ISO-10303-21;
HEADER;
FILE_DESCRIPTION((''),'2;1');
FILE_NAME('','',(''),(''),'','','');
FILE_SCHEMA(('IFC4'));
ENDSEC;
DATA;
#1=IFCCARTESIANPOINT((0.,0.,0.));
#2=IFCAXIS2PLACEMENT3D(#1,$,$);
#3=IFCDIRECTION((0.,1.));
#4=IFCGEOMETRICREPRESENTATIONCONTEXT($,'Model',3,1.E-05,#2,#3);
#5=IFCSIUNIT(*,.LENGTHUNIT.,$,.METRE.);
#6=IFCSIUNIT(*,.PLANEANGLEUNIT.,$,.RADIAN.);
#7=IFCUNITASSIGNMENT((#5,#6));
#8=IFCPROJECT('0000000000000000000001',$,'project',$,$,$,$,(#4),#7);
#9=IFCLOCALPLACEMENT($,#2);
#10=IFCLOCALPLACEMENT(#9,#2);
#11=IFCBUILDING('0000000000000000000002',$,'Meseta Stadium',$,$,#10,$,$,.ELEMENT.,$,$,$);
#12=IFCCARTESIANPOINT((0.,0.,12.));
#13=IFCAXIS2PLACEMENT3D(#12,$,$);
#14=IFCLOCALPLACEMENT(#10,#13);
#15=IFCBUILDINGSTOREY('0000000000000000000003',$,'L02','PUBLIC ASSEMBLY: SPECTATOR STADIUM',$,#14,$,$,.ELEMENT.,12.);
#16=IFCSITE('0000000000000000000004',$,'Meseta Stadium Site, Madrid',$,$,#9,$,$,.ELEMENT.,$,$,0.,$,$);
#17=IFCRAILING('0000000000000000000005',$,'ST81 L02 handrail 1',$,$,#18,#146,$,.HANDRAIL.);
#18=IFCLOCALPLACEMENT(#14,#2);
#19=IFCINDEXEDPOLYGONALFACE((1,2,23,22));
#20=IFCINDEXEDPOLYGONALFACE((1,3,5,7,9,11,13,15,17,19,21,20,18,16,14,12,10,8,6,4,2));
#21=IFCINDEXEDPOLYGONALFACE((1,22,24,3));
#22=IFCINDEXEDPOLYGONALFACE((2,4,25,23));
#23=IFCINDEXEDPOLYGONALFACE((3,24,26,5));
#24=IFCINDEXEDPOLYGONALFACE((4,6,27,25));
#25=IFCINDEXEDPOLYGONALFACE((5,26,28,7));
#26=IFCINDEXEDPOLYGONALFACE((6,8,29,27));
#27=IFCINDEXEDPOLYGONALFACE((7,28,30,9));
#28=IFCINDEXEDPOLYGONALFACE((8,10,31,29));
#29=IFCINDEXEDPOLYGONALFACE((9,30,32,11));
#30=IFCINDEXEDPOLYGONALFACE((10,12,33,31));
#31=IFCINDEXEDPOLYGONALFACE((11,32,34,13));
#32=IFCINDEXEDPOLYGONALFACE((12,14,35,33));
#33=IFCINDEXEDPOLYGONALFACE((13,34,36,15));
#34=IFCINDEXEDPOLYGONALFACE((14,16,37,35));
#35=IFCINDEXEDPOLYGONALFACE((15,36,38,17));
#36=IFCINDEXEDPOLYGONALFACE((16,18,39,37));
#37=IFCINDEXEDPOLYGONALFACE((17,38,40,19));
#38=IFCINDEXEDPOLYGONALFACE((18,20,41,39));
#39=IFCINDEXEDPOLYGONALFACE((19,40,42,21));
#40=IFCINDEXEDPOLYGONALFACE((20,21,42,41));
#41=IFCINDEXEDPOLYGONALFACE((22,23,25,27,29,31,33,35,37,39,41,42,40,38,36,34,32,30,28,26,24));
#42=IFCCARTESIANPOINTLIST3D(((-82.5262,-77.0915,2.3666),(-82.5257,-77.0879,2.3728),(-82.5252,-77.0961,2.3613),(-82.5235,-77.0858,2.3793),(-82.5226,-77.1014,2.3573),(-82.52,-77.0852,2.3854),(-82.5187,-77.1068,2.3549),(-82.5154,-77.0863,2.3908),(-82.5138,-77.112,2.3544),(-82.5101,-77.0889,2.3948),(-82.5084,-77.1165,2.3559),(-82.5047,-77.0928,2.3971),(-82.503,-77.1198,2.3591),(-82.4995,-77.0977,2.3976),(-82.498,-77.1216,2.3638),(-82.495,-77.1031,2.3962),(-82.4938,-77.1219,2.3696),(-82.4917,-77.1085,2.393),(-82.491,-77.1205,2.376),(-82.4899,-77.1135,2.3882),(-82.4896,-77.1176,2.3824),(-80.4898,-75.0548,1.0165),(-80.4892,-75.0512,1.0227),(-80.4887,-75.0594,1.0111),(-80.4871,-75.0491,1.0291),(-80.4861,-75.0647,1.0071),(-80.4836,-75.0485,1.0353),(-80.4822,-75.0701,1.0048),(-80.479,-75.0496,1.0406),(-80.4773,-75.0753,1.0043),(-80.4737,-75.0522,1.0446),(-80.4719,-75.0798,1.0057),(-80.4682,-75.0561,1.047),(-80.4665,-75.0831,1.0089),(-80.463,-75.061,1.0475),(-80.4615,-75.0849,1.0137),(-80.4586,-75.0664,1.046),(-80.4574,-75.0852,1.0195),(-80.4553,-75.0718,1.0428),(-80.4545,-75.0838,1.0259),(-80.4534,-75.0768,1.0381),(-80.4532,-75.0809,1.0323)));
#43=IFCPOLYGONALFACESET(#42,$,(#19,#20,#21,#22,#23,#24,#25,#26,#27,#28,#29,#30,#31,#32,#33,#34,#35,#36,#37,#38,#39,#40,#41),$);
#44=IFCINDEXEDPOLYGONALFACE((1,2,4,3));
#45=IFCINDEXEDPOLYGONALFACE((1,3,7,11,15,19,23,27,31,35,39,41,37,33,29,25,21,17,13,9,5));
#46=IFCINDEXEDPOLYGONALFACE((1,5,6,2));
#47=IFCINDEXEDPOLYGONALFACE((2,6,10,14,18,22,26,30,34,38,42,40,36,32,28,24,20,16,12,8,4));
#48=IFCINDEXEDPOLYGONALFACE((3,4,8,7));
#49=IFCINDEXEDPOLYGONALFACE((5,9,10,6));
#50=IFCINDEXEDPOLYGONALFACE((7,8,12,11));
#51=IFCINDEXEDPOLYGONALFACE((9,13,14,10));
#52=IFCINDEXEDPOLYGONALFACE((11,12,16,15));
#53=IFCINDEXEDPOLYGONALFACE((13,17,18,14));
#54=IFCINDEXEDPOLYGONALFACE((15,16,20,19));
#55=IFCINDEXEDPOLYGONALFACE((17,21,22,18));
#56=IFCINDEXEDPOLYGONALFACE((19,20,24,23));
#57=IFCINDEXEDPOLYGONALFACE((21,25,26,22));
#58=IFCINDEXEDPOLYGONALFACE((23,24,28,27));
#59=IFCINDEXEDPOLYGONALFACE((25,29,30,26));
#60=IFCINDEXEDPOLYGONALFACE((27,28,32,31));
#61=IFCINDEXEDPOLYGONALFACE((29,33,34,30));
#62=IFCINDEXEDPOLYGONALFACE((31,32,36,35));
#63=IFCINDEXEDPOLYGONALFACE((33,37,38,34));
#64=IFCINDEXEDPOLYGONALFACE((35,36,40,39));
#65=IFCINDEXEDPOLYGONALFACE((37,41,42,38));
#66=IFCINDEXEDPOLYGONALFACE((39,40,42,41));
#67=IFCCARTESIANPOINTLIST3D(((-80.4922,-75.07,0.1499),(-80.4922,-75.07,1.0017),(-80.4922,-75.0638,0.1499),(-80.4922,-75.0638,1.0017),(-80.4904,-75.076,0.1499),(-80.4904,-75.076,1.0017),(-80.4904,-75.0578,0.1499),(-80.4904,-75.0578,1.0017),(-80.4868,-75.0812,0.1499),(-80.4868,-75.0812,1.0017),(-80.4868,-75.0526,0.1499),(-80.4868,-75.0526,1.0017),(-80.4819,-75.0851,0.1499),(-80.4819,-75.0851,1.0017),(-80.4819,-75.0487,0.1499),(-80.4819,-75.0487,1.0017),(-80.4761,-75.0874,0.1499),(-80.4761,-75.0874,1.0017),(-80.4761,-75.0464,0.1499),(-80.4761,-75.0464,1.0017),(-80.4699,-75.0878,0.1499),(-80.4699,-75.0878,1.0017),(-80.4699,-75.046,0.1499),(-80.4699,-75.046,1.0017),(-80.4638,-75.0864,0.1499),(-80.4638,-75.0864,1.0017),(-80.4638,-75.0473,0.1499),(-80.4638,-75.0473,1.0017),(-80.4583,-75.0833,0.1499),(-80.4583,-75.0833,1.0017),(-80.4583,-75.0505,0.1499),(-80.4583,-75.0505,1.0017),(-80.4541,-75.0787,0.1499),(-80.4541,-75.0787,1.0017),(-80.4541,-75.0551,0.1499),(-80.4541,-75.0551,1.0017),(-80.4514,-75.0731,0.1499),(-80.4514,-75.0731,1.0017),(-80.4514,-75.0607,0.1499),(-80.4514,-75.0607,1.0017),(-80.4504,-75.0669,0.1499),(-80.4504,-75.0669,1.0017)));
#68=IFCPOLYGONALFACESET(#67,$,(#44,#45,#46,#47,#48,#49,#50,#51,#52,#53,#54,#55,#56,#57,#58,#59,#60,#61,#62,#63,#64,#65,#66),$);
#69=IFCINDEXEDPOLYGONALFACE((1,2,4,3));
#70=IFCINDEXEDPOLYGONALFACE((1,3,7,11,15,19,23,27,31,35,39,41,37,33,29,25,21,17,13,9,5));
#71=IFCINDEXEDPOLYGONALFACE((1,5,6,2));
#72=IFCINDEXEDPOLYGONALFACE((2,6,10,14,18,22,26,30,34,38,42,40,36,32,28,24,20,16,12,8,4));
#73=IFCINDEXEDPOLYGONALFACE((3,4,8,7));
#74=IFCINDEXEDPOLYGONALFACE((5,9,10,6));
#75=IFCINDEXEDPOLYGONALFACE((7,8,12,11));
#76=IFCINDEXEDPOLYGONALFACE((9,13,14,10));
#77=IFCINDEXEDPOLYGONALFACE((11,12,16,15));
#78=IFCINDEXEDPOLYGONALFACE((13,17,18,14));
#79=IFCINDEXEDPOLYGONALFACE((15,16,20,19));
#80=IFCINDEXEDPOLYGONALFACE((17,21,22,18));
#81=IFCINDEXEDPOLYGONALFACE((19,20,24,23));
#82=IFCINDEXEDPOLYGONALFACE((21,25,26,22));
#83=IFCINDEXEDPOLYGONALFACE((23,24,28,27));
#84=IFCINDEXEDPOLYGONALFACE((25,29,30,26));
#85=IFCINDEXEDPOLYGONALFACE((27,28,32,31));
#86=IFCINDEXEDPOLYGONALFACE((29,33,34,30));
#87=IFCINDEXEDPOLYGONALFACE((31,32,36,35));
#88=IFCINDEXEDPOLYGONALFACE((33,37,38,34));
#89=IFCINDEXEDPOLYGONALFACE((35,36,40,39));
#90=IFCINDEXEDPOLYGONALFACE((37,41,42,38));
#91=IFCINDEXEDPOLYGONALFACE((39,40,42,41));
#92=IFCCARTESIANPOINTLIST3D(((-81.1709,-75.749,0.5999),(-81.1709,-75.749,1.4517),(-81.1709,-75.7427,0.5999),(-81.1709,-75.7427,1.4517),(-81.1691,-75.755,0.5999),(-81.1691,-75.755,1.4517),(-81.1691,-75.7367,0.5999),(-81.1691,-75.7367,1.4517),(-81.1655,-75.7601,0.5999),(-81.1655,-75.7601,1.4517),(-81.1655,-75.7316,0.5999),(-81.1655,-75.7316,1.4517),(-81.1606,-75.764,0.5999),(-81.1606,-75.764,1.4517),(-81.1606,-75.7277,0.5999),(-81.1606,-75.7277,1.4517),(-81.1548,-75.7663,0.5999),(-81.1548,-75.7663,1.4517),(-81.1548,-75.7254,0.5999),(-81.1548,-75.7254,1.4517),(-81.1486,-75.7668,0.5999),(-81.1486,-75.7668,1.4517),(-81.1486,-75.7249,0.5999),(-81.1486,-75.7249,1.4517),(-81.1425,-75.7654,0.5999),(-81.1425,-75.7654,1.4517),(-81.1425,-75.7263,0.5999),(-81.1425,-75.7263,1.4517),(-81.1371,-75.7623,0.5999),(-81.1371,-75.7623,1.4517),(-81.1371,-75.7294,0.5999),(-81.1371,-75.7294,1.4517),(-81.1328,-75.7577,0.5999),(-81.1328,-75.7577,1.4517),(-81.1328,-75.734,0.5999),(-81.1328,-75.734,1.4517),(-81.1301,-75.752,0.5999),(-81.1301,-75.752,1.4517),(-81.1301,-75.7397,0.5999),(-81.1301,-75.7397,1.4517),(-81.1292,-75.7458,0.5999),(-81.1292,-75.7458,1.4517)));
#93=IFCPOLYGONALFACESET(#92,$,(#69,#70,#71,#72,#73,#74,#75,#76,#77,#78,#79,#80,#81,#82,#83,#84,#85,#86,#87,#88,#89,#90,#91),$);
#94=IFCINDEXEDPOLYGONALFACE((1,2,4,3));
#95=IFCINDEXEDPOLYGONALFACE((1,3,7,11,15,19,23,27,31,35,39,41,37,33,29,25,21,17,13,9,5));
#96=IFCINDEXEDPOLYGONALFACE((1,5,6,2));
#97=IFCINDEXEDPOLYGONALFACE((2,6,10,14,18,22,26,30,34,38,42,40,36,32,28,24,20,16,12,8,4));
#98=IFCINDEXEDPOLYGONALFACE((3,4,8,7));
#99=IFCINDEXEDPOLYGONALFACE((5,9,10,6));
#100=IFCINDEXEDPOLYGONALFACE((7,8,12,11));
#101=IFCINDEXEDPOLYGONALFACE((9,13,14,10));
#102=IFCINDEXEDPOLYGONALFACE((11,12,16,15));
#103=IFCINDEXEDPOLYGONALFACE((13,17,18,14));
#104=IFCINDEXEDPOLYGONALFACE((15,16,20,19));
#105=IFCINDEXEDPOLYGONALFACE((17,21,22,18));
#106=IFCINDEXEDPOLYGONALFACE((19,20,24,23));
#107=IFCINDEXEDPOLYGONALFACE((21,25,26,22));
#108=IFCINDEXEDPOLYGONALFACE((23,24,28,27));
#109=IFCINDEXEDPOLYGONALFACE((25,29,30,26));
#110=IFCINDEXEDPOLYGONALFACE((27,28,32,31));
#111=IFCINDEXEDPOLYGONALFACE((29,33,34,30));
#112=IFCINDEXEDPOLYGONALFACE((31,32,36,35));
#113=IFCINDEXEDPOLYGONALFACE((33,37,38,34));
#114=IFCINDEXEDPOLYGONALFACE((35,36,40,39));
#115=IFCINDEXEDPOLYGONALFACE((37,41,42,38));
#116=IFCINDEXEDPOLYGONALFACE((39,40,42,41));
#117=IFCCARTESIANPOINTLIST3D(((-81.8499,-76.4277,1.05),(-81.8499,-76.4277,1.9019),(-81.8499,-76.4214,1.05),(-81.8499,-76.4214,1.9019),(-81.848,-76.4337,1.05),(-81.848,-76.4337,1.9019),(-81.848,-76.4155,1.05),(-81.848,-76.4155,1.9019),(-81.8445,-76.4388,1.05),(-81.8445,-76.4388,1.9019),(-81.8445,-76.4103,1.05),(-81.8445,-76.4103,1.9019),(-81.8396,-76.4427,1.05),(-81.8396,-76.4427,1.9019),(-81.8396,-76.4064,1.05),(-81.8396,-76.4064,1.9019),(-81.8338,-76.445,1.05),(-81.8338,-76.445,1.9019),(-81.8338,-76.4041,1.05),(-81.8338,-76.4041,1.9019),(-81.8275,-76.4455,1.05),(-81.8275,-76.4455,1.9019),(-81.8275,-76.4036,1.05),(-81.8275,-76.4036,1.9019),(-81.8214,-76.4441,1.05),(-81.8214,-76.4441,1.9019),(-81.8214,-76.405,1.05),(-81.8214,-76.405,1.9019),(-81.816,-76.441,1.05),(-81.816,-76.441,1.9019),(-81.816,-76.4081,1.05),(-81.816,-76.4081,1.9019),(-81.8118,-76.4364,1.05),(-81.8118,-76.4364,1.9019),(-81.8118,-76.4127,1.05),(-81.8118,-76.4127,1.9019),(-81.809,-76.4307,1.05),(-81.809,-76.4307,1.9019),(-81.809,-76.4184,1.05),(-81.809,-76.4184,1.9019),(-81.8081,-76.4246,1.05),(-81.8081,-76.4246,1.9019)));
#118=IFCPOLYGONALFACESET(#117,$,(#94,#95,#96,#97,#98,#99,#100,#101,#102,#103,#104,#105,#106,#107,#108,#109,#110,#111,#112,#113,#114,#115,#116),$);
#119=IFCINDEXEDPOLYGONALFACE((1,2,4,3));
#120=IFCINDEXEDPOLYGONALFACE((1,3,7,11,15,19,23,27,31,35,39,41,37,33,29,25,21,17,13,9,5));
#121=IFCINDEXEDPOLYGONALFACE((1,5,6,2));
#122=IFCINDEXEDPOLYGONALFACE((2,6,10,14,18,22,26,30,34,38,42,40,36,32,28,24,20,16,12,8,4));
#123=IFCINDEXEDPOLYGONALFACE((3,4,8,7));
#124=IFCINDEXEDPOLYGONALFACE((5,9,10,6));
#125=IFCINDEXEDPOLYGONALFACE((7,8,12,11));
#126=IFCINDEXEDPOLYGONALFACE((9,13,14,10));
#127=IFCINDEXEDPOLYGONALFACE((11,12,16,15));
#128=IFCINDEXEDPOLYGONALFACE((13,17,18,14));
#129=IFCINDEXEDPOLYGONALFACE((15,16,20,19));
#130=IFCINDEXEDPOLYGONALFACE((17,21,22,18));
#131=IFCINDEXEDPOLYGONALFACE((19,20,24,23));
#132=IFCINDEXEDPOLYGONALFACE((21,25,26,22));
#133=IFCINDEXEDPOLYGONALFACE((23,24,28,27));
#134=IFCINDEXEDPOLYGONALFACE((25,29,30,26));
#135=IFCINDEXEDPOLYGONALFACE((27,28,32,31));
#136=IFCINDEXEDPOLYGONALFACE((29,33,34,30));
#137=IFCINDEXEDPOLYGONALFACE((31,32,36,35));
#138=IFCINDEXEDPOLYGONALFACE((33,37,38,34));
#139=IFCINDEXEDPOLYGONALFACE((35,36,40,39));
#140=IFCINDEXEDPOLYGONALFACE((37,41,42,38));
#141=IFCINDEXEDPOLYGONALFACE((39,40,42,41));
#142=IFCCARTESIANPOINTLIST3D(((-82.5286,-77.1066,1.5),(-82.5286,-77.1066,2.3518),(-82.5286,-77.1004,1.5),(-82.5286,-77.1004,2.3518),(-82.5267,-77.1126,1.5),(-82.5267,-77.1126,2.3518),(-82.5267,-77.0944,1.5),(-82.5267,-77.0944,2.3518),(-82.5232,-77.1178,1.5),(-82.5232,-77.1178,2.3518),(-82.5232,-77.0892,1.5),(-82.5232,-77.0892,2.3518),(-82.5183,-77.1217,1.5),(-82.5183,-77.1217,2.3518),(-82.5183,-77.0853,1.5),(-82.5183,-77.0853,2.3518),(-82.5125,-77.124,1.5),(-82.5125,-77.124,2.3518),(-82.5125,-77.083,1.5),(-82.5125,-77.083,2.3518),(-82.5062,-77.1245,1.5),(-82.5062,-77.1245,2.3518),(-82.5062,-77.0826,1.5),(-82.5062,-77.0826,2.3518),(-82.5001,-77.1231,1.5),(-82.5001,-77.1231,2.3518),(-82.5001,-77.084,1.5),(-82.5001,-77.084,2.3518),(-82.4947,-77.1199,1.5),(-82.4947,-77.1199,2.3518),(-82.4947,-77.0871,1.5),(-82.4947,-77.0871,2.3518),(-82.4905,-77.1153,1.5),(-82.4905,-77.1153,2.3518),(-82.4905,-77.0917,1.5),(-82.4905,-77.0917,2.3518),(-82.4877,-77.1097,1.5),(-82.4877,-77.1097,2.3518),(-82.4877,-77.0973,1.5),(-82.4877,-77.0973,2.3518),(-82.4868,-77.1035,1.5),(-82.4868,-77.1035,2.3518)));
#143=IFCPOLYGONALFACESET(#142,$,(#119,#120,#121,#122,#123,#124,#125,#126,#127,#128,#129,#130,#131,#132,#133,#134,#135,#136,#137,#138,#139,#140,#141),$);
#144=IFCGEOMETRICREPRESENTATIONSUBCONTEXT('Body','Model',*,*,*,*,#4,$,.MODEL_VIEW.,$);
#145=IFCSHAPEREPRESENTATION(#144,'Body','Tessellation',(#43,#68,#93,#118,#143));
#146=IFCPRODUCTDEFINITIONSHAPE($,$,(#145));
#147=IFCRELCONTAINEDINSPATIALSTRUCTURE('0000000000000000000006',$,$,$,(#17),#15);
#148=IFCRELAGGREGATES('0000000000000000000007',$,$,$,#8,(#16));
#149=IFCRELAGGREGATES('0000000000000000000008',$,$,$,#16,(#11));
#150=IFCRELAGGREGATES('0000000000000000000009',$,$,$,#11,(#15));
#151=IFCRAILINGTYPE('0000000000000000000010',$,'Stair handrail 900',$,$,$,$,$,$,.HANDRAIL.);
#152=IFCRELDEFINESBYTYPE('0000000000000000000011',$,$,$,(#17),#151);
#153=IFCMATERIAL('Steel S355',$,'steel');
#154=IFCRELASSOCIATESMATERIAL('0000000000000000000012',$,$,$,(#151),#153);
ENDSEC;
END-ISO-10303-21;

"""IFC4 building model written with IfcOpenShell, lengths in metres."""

from ifc_helpers import new_model, si_unit, direction, frame, origin, origin_2d, place, context, subcontext, project, spatial, circle, extrude, material, type_object, element, save


model = new_model("IFC4")

# Units and contexts
model_context = context("Model", 3, precision=1e-05, world=origin(), true_north=direction((0.0, 1.0)))
body_context = subcontext(model_context, "Body", "Model", "MODEL_VIEW")
ifc_project = project(units=[si_unit("LENGTHUNIT", "METRE"), si_unit("PLANEANGLEUNIT", "RADIAN")], contexts=[model_context])

# Site, building, storey
site_placement = place(None, origin())
site = spatial("IfcSite", under=ifc_project, at=site_placement, Name="Meseta Stadium Site, Madrid", CompositionType="ELEMENT", RefElevation=0.0)
building_placement = place(site_placement, origin())
building = spatial("IfcBuilding", under=site, at=building_placement, Name="Meseta Stadium", CompositionType="ELEMENT")
storey_placement = place(building_placement, frame((0.0, 0.0, 12.0)))
storey = spatial("IfcBuildingStorey", under=building, at=storey_placement, Name="L02", Description="PUBLIC ASSEMBLY: SPECTATOR STADIUM", CompositionType="ELEMENT", Elevation=12.0)

# Railing
ifc_material_1 = material(Name="Steel S355", Category="steel")
railing_type_1 = type_object("IfcRailingType", Name="Stair handrail 900", PredefinedType="HANDRAIL", material=ifc_material_1)
railing_1_placement = place(storey_placement, frame((-80.4714, -75.0669, 0.1499)))
element("IfcRailing", 1, at=railing_1_placement, inside=storey, type_object=railing_type_1, Name="ST81 L02 handrail 1", PredefinedType="HANDRAIL", context=body_context, shape_type="SweptSolid", body=[
    extrude(circle(Radius=0.0239, at=origin_2d()), frame((0.0, 0.0, 0.876), z_axis=(-0.640211, -0.640288, 0.424454), x_axis=(0.707149, -0.707064, 0.0)), (0.0, 0.0, 1.0), 3.1809),
    extrude(circle(Radius=0.021, at=origin_2d()), origin(), (0.0, 0.0, 1.0), 0.8518),
    extrude(circle(Radius=0.021, at=origin_2d()), frame((-0.6787, -0.679, 0.45)), (0.0, 0.0, 1.0), 0.8518),
    extrude(circle(Radius=0.021, at=origin_2d()), frame((-1.3577, -1.3577, 0.9001)), (0.0, 0.0, 1.0), 0.8518),
    extrude(circle(Radius=0.021, at=origin_2d()), frame((-2.0364, -2.0366, 1.3501)), (0.0, 0.0, 1.0), 0.8518),
])

save(model, "model.ifc")
